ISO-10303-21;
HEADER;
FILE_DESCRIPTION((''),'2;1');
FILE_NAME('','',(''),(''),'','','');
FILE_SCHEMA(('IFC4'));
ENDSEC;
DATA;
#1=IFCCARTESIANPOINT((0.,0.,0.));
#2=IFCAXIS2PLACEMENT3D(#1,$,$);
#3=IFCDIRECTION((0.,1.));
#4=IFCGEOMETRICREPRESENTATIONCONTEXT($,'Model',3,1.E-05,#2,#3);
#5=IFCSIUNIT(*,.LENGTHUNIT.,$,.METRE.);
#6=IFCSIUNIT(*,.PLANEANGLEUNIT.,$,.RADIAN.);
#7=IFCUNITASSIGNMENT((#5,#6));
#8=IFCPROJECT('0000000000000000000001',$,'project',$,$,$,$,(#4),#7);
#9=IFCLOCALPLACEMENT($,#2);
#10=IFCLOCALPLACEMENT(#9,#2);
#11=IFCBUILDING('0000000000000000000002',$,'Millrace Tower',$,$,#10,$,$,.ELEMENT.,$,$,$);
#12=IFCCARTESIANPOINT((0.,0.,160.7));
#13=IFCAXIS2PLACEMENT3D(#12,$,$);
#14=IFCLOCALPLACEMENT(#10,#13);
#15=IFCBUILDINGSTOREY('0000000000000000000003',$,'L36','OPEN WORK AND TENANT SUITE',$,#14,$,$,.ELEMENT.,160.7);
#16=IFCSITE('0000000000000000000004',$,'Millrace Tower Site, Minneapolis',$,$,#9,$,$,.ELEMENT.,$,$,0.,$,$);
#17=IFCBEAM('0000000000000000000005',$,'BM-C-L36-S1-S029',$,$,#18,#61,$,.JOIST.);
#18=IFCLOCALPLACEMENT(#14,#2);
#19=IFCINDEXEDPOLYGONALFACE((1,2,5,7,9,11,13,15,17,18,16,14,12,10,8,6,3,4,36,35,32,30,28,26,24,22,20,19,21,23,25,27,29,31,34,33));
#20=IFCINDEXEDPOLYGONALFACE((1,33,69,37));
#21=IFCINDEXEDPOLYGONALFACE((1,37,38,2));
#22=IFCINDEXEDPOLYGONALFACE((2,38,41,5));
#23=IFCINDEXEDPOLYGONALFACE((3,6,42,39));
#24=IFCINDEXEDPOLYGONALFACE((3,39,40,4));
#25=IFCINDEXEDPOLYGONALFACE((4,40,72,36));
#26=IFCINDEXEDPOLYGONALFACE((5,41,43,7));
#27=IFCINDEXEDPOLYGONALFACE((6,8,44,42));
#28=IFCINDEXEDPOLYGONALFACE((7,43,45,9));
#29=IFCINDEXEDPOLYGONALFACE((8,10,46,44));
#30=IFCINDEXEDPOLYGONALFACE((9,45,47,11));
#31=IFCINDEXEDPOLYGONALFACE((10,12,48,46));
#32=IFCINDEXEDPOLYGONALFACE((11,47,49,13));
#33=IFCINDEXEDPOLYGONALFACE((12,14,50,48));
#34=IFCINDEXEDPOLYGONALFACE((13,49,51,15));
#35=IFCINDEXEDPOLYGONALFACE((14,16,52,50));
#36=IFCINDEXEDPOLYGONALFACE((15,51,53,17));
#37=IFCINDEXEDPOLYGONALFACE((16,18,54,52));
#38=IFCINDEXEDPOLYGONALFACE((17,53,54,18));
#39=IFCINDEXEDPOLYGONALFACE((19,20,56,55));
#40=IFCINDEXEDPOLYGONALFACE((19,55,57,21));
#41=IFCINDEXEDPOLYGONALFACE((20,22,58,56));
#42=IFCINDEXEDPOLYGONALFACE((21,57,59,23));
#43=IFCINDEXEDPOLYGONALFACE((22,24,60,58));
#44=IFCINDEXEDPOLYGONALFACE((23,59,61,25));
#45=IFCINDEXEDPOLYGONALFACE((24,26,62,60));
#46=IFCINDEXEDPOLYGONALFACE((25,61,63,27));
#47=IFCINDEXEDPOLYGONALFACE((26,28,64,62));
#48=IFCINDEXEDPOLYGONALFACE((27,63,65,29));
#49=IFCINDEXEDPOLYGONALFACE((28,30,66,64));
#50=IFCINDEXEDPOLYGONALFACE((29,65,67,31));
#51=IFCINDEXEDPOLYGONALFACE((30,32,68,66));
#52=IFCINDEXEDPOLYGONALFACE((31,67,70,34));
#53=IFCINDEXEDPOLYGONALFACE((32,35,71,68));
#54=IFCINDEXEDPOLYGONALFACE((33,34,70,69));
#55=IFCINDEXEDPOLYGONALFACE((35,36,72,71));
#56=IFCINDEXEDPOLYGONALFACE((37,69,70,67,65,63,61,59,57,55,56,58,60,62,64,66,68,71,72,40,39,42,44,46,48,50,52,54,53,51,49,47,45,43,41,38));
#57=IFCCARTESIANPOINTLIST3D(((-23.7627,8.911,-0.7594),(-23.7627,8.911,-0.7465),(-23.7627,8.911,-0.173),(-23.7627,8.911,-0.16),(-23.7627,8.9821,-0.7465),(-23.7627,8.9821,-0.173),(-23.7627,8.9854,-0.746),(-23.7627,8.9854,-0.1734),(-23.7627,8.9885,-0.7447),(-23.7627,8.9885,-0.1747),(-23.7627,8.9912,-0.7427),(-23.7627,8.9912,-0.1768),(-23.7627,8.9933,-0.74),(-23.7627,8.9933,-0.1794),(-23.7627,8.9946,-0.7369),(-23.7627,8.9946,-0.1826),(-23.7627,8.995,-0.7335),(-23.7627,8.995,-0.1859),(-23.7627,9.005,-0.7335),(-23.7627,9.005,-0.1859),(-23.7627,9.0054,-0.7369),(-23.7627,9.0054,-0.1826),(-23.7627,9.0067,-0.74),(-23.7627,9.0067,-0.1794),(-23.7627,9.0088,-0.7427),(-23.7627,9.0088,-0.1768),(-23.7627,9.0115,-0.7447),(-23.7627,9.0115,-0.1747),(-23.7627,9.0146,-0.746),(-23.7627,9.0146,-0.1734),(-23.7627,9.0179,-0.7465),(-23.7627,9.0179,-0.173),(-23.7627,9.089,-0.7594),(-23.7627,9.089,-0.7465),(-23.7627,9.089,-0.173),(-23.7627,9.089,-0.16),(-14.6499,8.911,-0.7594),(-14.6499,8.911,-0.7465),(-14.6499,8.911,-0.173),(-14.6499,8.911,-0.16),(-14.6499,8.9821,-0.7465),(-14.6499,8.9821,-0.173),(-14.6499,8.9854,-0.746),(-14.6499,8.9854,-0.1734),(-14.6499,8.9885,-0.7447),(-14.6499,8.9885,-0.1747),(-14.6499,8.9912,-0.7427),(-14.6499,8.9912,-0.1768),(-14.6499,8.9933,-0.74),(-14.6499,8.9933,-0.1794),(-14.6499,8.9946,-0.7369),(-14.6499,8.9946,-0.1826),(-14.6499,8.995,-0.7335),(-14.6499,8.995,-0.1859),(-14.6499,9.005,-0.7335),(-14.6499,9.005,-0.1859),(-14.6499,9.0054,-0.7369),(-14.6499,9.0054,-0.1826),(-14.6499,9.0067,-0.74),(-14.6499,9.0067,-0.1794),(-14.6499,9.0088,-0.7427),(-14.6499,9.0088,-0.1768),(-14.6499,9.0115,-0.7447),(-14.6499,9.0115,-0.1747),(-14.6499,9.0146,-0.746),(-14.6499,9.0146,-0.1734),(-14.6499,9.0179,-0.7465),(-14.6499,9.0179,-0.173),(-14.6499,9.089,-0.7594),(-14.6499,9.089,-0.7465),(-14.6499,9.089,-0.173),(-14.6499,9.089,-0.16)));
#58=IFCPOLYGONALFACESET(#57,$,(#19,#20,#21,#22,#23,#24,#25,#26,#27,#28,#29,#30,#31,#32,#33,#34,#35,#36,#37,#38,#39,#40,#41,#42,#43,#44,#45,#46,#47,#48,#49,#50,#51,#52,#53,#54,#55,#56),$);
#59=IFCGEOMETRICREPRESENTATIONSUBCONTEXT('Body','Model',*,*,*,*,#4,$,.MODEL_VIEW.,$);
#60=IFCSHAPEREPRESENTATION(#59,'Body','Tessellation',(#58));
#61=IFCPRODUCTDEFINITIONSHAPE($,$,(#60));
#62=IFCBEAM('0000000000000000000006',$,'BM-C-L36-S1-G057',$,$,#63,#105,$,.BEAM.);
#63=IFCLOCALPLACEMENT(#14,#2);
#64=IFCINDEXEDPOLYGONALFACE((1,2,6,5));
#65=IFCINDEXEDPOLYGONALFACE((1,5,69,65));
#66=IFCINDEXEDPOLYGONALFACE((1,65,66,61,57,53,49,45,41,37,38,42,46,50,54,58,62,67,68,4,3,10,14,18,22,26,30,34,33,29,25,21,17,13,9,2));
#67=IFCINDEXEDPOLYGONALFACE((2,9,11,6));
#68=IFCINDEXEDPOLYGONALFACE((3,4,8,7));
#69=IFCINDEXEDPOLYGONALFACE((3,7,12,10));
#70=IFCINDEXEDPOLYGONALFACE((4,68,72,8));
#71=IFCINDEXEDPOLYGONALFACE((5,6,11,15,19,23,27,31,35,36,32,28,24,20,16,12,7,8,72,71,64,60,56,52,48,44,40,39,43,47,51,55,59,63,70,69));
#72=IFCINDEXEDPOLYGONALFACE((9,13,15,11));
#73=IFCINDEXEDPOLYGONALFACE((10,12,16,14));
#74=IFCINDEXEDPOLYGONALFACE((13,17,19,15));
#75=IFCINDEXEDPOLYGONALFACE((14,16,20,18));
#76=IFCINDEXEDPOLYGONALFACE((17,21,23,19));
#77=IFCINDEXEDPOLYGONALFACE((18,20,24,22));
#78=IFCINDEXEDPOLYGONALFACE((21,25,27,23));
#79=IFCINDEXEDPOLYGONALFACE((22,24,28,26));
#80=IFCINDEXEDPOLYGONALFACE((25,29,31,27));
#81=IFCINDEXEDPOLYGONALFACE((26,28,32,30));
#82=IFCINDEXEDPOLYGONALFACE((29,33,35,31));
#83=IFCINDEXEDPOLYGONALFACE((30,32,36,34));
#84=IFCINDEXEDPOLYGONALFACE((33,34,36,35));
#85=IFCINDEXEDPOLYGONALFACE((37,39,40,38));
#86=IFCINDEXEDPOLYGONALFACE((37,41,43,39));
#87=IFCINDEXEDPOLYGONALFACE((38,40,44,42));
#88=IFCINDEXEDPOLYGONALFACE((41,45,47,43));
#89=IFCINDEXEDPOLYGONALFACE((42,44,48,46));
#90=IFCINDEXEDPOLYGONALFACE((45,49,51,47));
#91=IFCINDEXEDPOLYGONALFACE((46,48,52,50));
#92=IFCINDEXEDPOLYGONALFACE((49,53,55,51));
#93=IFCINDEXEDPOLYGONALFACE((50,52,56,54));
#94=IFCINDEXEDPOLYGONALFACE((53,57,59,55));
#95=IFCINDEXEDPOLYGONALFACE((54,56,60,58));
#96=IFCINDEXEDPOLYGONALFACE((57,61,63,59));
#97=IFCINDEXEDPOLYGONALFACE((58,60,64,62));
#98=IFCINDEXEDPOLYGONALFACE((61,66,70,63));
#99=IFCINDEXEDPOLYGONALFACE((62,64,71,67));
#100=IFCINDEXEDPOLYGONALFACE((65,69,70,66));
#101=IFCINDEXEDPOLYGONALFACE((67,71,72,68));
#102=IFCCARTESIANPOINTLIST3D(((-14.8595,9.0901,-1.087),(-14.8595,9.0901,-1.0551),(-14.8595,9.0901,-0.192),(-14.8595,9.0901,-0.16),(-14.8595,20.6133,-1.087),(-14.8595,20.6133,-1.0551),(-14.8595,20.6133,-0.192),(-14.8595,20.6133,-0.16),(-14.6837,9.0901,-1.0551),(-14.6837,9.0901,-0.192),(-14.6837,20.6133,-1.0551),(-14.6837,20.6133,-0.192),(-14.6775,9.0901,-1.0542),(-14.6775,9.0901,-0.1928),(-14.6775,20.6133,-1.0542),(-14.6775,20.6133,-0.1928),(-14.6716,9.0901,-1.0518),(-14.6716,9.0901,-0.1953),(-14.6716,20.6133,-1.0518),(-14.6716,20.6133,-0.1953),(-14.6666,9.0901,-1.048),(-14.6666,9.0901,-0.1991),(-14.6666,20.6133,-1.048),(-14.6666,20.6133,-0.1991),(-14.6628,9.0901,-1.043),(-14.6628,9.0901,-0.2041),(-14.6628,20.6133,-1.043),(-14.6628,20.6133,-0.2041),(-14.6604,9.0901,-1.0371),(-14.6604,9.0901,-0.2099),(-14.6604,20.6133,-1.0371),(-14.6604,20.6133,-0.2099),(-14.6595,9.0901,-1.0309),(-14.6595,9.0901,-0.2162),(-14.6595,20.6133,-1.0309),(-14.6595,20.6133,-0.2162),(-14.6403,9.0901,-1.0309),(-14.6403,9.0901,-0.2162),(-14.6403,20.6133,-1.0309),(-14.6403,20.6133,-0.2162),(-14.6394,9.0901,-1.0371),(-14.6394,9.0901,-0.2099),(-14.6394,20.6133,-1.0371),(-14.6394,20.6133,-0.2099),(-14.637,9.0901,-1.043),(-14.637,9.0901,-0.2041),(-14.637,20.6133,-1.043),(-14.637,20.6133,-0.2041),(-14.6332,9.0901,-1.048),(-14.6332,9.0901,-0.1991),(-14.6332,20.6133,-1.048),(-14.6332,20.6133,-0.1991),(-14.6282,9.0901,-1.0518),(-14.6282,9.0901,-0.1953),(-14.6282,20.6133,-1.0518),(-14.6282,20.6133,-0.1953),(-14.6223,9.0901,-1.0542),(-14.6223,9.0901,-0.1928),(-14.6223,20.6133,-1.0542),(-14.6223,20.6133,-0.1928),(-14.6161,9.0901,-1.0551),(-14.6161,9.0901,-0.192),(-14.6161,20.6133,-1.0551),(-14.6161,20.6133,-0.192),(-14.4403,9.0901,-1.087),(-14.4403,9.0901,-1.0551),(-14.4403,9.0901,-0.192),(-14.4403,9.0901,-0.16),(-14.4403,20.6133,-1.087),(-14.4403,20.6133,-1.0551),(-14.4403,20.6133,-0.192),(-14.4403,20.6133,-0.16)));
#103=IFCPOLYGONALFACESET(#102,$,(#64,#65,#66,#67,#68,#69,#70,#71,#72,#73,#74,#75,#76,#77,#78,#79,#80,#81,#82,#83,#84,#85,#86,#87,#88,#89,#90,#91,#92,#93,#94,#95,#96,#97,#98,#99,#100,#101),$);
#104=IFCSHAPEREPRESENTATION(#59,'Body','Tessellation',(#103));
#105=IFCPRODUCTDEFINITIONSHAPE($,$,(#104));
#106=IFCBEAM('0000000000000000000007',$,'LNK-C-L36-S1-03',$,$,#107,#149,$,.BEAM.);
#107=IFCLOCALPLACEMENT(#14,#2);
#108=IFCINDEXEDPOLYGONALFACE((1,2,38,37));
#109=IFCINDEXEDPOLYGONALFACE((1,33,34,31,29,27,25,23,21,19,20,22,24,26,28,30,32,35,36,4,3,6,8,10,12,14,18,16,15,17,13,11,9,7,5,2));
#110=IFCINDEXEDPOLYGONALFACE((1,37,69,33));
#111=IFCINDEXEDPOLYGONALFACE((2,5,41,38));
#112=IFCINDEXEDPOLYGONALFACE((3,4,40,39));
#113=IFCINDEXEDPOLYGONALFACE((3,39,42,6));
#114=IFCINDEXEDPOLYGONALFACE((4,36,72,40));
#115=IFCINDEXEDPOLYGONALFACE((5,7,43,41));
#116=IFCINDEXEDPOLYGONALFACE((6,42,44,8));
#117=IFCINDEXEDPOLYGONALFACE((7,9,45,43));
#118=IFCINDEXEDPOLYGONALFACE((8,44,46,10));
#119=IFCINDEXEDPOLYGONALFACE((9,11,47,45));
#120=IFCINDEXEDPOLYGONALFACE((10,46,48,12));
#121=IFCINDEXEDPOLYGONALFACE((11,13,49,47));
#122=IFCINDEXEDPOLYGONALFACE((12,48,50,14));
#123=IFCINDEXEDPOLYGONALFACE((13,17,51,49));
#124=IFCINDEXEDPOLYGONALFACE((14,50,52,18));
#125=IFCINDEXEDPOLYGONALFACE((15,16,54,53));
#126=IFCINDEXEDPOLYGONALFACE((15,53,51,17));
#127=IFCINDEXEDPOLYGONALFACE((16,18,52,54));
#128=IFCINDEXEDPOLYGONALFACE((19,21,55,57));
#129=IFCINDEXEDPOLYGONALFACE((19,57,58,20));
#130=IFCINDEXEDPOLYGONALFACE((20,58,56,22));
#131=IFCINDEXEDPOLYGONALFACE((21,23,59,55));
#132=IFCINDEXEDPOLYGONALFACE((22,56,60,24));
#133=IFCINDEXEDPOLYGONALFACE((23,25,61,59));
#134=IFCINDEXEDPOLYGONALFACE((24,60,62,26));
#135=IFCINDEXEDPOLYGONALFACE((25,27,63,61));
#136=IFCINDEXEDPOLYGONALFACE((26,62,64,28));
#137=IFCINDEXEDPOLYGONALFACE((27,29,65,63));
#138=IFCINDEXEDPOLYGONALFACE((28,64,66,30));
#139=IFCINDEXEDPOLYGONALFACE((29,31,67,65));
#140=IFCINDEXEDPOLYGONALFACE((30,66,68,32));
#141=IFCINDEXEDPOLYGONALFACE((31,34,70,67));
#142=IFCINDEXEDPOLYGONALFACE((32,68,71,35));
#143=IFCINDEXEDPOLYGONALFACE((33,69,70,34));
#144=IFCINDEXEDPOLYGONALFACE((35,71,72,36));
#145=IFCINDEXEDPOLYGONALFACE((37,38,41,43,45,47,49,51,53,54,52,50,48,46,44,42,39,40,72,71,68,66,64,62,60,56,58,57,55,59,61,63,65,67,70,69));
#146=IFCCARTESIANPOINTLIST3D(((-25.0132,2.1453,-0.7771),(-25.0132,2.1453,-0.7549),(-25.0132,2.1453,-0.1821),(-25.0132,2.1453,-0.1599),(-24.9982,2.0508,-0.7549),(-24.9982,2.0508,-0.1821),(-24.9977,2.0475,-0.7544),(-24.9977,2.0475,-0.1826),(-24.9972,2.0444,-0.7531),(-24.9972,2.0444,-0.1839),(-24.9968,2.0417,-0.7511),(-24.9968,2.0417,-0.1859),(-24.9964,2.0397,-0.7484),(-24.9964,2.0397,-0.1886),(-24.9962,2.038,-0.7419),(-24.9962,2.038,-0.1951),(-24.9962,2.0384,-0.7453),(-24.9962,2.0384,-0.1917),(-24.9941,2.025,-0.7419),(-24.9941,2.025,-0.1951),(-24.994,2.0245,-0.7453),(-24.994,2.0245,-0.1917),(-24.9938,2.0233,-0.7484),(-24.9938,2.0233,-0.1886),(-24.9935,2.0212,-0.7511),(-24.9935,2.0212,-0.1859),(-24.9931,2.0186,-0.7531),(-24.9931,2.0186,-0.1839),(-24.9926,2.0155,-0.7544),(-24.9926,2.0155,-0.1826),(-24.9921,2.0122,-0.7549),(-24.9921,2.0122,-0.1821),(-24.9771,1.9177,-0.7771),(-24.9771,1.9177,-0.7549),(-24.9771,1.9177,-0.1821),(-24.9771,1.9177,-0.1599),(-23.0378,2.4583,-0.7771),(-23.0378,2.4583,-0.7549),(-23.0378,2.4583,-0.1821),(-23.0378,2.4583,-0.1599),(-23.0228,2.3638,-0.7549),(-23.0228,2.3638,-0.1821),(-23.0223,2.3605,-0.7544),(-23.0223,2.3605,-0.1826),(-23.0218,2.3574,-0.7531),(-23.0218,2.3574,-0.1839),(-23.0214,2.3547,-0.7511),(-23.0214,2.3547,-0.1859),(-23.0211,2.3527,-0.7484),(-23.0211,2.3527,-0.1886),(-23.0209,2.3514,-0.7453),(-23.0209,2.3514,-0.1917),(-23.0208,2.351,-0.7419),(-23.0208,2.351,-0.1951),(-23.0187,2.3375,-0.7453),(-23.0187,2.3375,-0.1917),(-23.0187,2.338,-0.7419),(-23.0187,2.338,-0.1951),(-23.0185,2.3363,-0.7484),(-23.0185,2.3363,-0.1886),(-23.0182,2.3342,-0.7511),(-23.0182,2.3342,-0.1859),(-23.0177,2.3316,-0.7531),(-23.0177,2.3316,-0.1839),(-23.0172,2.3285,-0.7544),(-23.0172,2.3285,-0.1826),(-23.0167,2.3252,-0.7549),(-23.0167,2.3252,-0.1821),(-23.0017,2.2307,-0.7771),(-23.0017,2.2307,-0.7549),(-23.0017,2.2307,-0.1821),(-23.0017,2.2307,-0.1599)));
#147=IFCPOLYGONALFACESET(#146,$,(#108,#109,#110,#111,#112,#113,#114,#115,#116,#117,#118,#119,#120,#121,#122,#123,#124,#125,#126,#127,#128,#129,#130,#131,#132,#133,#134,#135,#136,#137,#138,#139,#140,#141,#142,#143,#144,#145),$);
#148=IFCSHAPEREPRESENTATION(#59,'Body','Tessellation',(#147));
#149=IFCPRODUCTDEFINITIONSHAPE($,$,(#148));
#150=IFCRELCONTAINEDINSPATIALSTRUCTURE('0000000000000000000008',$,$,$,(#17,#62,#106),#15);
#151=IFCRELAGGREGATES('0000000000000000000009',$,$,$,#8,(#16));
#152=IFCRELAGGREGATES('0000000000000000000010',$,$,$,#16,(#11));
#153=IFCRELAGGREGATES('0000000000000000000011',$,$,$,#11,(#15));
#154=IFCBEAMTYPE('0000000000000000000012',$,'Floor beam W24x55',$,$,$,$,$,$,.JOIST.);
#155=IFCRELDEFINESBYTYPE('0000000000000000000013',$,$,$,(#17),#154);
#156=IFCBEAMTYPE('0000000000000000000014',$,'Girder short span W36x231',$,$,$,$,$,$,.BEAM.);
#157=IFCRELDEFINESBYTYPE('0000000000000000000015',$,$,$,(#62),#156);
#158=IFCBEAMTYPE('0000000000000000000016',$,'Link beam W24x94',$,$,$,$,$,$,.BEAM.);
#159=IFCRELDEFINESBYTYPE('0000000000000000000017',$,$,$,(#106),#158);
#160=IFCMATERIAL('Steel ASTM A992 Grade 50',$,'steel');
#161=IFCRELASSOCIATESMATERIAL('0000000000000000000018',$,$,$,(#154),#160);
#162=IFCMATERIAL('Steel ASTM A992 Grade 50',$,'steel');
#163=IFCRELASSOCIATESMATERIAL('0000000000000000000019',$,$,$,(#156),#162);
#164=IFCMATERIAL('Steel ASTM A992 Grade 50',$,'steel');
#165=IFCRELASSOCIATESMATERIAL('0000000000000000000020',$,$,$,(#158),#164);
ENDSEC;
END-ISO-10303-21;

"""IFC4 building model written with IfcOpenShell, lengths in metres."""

from ifc_helpers import new_model, si_unit, direction, frame, origin, origin_2d, place, context, subcontext, project, spatial, i_section, extrude, material, material_profile, profile_set, type_object, element, save


model = new_model("IFC4")

# Units and contexts
model_context = context("Model", 3, precision=1e-05, world=origin(), true_north=direction((0.0, 1.0)))
body_context = subcontext(model_context, "Body", "Model", "MODEL_VIEW")
ifc_project = project(units=[si_unit("LENGTHUNIT", "METRE"), si_unit("PLANEANGLEUNIT", "RADIAN")], contexts=[model_context])

# Site, building, storey
site_placement = place(None, origin())
site = spatial("IfcSite", under=ifc_project, at=site_placement, Name="Millrace Tower Site, Minneapolis", CompositionType="ELEMENT", RefElevation=0.0)
building_placement = place(site_placement, origin())
building = spatial("IfcBuilding", under=site, at=building_placement, Name="Millrace Tower", CompositionType="ELEMENT")
storey_placement = place(building_placement, frame((0.0, 0.0, 160.7)))
storey = spatial("IfcBuildingStorey", under=building, at=storey_placement, Name="L36", Description="OPEN WORK AND TENANT SUITE", CompositionType="ELEMENT", Elevation=160.7)

# Beams
ifc_material_1 = material(Name="Steel ASTM A992 Grade 50", Category="steel")
ifc_material_profile_1 = material_profile(ifc_material_1, i_section(OverallWidth=0.178, OverallDepth=0.5994, WebThickness=0.01, FlangeThickness=0.0129, FilletRadius=0.0129, at=origin_2d()))
ifc_profile_set_1 = profile_set([ifc_material_profile_1], Name="Steel ASTM A992 Grade 50")
beam_type_1 = type_object("IfcBeamType", Name="Floor beam W24x55", PredefinedType="JOIST", material=ifc_profile_set_1)
beam_1_placement = place(storey_placement, frame((-23.7627, 9.0, -0.4597), z_axis=(1.0, 0.0, 0.0), x_axis=(0.0, 1.0, 0.0)))
element("IfcBeam", 1, at=beam_1_placement, inside=storey, type_object=beam_type_1, Name="BM-C-L36-S1-S029", PredefinedType="JOIST", context=body_context, shape_type="SweptSolid", body=[
    extrude(i_section(OverallWidth=0.178, OverallDepth=0.5994, WebThickness=0.01, FlangeThickness=0.0129, FilletRadius=0.0129, at=origin_2d()), origin(), (0.0, 0.0, 1.0), 9.1128),
])
ifc_material_2 = material(Name="Steel ASTM A992 Grade 50", Category="steel")
ifc_material_profile_2 = material_profile(ifc_material_2, i_section(OverallWidth=0.4192, OverallDepth=0.927, WebThickness=0.0193, FlangeThickness=0.032, FilletRadius=0.0242, at=origin_2d()))
ifc_profile_set_2 = profile_set([ifc_material_profile_2], Name="Steel ASTM A992 Grade 50")
beam_type_2 = type_object("IfcBeamType", Name="Girder short span W36x231", PredefinedType="BEAM", material=ifc_profile_set_2)
beam_2_placement = place(storey_placement, frame((-14.6499, 9.0901, -0.6235), z_axis=(0.0, 1.0, 0.0), x_axis=(-1.0, 0.0, 0.0)))
element("IfcBeam", 2, at=beam_2_placement, inside=storey, type_object=beam_type_2, Name="BM-C-L36-S1-G057", PredefinedType="BEAM", context=body_context, shape_type="SweptSolid", body=[
    extrude(i_section(OverallWidth=0.4192, OverallDepth=0.927, WebThickness=0.0193, FlangeThickness=0.032, FilletRadius=0.0242, at=origin_2d()), origin(), (0.0, 0.0, 1.0), 11.5232),
])
ifc_material_3 = material(Name="Steel ASTM A992 Grade 50", Category="steel")
ifc_material_profile_3 = material_profile(ifc_material_3, i_section(OverallWidth=0.2305, OverallDepth=0.6172, WebThickness=0.0132, FlangeThickness=0.0222, FilletRadius=0.0129, at=origin_2d()))
ifc_profile_set_3 = profile_set([ifc_material_profile_3], Name="Steel ASTM A992 Grade 50")
beam_type_3 = type_object("IfcBeamType", Name="Link beam W24x94", PredefinedType="BEAM", material=ifc_profile_set_3)
beam_3_placement = place(storey_placement, frame((-23.0198, 2.3445, -0.4685), z_axis=(-0.987679, -0.156495, 0.0), x_axis=(0.156495, -0.987679, 0.0)))
element("IfcBeam", 3, at=beam_3_placement, inside=storey, type_object=beam_type_3, Name="LNK-C-L36-S1-03", PredefinedType="BEAM", context=body_context, shape_type="SweptSolid", body=[
    extrude(i_section(OverallWidth=0.2305, OverallDepth=0.6172, WebThickness=0.0132, FlangeThickness=0.0222, FilletRadius=0.0129, at=origin_2d()), origin(), (0.0, 0.0, 1.0), 2.0),
])

save(model, "model.ifc")
